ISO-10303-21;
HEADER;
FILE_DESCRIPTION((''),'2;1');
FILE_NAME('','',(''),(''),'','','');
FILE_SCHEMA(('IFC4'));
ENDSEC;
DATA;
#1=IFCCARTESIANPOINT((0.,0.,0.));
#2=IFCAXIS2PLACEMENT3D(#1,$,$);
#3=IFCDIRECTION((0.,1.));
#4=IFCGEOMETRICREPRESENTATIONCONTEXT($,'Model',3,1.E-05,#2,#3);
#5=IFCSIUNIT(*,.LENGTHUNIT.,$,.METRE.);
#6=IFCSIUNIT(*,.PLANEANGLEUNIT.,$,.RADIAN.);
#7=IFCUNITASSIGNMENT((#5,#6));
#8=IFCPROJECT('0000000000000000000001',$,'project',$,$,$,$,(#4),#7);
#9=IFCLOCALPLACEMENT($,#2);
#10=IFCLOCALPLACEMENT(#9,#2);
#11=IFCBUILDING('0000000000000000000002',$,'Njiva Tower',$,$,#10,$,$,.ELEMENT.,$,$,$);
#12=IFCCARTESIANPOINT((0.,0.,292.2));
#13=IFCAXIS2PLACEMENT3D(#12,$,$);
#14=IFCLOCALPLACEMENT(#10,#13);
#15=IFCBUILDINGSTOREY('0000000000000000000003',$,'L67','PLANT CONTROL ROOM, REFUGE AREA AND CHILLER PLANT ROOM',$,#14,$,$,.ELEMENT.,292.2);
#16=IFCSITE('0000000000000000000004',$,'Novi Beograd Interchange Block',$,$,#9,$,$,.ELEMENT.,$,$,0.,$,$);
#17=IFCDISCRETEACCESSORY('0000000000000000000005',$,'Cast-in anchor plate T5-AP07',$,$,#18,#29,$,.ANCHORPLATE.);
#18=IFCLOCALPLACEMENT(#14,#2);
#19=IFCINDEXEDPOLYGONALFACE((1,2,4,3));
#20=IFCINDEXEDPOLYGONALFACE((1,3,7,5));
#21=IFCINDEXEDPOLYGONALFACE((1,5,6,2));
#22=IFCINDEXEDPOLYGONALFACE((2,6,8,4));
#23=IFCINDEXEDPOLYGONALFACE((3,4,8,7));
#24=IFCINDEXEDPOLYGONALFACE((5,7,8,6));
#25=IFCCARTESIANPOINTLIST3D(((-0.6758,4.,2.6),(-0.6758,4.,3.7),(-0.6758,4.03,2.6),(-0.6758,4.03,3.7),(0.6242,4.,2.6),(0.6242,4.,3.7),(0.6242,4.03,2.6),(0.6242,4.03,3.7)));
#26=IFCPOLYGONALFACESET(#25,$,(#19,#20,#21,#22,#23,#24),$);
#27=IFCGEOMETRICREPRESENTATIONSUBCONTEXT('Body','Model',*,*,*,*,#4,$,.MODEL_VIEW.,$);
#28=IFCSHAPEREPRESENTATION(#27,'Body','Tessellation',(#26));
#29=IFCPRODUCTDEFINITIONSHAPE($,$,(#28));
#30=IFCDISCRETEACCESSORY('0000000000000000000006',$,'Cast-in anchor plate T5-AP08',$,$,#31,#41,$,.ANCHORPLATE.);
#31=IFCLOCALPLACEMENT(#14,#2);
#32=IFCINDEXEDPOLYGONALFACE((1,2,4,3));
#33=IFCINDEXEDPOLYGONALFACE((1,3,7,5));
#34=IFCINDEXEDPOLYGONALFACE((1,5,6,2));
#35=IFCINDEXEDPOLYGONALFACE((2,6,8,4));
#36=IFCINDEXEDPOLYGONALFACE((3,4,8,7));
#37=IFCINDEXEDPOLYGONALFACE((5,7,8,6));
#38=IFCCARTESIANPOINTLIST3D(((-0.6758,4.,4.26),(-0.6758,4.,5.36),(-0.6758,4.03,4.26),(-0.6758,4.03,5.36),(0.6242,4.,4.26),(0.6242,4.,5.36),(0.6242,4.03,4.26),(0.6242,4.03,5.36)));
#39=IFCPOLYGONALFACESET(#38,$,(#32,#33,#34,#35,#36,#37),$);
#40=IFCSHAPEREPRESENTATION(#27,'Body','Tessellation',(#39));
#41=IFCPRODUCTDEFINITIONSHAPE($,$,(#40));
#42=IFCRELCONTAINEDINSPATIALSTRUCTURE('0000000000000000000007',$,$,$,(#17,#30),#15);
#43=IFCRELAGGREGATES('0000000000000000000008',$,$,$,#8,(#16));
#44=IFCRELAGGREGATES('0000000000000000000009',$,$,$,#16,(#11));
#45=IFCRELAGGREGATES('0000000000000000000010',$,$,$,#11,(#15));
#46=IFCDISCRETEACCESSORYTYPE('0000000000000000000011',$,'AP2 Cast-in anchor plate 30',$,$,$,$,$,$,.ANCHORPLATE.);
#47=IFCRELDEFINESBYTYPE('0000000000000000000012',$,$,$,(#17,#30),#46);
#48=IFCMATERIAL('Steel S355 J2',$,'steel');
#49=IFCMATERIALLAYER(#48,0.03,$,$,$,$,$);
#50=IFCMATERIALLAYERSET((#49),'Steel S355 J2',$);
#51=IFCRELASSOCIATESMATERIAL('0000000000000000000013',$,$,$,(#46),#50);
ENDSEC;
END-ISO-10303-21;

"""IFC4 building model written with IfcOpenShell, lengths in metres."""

from ifc_helpers import new_model, si_unit, direction, frame, origin, place, context, subcontext, project, spatial, polyline, outline, extrude, material, layer, layer_set, type_object, element, save


model = new_model("IFC4")

# Units and contexts
model_context = context("Model", 3, precision=1e-05, world=origin(), true_north=direction((0.0, 1.0)))
body_context = subcontext(model_context, "Body", "Model", "MODEL_VIEW")
ifc_project = project(units=[si_unit("LENGTHUNIT", "METRE"), si_unit("PLANEANGLEUNIT", "RADIAN")], contexts=[model_context])

# Site, building, storey
site_placement = place(None, origin())
site = spatial("IfcSite", under=ifc_project, at=site_placement, Name="Novi Beograd Interchange Block", CompositionType="ELEMENT", RefElevation=0.0)
building_placement = place(site_placement, origin())
building = spatial("IfcBuilding", under=site, at=building_placement, Name="Njiva Tower", CompositionType="ELEMENT")
storey_placement = place(building_placement, frame((0.0, 0.0, 292.2)))
storey = spatial("IfcBuildingStorey", under=building, at=storey_placement, Name="L67", Description="PLANT CONTROL ROOM, REFUGE AREA AND CHILLER PLANT ROOM", CompositionType="ELEMENT", Elevation=292.2)

# Shared definitions
ifc_material_1 = material(Name="Steel S355 J2", Category="steel")

# Discrete accessories
ifc_layer_1 = layer(ifc_material_1, 0.03)
ifc_layer_set_1 = layer_set([ifc_layer_1], Name="Steel S355 J2")
discrete_accessory_type = type_object("IfcDiscreteAccessoryType", Name="AP2 Cast-in anchor plate 30", PredefinedType="ANCHORPLATE", material=ifc_layer_set_1)
for number, where, name in (
    (1, (-0.0258, 4.015, 2.6), "Cast-in anchor plate T5-AP07"),
    (2, (-0.0258, 4.015, 4.26), "Cast-in anchor plate T5-AP08"),
):
    element("IfcDiscreteAccessory", number, at=place(storey_placement, frame(where)), inside=storey, type_object=discrete_accessory_type, Name=name, PredefinedType="ANCHORPLATE", context=body_context, shape_type="SweptSolid", body=[
        extrude(outline(polyline([(0.65, -0.015), (0.65, 0.015), (-0.65, 0.015), (-0.65, -0.015), (0.65, -0.015)])), origin(), (0.0, 0.0, 1.0), 1.1),
    ])

save(model, "model.ifc")
